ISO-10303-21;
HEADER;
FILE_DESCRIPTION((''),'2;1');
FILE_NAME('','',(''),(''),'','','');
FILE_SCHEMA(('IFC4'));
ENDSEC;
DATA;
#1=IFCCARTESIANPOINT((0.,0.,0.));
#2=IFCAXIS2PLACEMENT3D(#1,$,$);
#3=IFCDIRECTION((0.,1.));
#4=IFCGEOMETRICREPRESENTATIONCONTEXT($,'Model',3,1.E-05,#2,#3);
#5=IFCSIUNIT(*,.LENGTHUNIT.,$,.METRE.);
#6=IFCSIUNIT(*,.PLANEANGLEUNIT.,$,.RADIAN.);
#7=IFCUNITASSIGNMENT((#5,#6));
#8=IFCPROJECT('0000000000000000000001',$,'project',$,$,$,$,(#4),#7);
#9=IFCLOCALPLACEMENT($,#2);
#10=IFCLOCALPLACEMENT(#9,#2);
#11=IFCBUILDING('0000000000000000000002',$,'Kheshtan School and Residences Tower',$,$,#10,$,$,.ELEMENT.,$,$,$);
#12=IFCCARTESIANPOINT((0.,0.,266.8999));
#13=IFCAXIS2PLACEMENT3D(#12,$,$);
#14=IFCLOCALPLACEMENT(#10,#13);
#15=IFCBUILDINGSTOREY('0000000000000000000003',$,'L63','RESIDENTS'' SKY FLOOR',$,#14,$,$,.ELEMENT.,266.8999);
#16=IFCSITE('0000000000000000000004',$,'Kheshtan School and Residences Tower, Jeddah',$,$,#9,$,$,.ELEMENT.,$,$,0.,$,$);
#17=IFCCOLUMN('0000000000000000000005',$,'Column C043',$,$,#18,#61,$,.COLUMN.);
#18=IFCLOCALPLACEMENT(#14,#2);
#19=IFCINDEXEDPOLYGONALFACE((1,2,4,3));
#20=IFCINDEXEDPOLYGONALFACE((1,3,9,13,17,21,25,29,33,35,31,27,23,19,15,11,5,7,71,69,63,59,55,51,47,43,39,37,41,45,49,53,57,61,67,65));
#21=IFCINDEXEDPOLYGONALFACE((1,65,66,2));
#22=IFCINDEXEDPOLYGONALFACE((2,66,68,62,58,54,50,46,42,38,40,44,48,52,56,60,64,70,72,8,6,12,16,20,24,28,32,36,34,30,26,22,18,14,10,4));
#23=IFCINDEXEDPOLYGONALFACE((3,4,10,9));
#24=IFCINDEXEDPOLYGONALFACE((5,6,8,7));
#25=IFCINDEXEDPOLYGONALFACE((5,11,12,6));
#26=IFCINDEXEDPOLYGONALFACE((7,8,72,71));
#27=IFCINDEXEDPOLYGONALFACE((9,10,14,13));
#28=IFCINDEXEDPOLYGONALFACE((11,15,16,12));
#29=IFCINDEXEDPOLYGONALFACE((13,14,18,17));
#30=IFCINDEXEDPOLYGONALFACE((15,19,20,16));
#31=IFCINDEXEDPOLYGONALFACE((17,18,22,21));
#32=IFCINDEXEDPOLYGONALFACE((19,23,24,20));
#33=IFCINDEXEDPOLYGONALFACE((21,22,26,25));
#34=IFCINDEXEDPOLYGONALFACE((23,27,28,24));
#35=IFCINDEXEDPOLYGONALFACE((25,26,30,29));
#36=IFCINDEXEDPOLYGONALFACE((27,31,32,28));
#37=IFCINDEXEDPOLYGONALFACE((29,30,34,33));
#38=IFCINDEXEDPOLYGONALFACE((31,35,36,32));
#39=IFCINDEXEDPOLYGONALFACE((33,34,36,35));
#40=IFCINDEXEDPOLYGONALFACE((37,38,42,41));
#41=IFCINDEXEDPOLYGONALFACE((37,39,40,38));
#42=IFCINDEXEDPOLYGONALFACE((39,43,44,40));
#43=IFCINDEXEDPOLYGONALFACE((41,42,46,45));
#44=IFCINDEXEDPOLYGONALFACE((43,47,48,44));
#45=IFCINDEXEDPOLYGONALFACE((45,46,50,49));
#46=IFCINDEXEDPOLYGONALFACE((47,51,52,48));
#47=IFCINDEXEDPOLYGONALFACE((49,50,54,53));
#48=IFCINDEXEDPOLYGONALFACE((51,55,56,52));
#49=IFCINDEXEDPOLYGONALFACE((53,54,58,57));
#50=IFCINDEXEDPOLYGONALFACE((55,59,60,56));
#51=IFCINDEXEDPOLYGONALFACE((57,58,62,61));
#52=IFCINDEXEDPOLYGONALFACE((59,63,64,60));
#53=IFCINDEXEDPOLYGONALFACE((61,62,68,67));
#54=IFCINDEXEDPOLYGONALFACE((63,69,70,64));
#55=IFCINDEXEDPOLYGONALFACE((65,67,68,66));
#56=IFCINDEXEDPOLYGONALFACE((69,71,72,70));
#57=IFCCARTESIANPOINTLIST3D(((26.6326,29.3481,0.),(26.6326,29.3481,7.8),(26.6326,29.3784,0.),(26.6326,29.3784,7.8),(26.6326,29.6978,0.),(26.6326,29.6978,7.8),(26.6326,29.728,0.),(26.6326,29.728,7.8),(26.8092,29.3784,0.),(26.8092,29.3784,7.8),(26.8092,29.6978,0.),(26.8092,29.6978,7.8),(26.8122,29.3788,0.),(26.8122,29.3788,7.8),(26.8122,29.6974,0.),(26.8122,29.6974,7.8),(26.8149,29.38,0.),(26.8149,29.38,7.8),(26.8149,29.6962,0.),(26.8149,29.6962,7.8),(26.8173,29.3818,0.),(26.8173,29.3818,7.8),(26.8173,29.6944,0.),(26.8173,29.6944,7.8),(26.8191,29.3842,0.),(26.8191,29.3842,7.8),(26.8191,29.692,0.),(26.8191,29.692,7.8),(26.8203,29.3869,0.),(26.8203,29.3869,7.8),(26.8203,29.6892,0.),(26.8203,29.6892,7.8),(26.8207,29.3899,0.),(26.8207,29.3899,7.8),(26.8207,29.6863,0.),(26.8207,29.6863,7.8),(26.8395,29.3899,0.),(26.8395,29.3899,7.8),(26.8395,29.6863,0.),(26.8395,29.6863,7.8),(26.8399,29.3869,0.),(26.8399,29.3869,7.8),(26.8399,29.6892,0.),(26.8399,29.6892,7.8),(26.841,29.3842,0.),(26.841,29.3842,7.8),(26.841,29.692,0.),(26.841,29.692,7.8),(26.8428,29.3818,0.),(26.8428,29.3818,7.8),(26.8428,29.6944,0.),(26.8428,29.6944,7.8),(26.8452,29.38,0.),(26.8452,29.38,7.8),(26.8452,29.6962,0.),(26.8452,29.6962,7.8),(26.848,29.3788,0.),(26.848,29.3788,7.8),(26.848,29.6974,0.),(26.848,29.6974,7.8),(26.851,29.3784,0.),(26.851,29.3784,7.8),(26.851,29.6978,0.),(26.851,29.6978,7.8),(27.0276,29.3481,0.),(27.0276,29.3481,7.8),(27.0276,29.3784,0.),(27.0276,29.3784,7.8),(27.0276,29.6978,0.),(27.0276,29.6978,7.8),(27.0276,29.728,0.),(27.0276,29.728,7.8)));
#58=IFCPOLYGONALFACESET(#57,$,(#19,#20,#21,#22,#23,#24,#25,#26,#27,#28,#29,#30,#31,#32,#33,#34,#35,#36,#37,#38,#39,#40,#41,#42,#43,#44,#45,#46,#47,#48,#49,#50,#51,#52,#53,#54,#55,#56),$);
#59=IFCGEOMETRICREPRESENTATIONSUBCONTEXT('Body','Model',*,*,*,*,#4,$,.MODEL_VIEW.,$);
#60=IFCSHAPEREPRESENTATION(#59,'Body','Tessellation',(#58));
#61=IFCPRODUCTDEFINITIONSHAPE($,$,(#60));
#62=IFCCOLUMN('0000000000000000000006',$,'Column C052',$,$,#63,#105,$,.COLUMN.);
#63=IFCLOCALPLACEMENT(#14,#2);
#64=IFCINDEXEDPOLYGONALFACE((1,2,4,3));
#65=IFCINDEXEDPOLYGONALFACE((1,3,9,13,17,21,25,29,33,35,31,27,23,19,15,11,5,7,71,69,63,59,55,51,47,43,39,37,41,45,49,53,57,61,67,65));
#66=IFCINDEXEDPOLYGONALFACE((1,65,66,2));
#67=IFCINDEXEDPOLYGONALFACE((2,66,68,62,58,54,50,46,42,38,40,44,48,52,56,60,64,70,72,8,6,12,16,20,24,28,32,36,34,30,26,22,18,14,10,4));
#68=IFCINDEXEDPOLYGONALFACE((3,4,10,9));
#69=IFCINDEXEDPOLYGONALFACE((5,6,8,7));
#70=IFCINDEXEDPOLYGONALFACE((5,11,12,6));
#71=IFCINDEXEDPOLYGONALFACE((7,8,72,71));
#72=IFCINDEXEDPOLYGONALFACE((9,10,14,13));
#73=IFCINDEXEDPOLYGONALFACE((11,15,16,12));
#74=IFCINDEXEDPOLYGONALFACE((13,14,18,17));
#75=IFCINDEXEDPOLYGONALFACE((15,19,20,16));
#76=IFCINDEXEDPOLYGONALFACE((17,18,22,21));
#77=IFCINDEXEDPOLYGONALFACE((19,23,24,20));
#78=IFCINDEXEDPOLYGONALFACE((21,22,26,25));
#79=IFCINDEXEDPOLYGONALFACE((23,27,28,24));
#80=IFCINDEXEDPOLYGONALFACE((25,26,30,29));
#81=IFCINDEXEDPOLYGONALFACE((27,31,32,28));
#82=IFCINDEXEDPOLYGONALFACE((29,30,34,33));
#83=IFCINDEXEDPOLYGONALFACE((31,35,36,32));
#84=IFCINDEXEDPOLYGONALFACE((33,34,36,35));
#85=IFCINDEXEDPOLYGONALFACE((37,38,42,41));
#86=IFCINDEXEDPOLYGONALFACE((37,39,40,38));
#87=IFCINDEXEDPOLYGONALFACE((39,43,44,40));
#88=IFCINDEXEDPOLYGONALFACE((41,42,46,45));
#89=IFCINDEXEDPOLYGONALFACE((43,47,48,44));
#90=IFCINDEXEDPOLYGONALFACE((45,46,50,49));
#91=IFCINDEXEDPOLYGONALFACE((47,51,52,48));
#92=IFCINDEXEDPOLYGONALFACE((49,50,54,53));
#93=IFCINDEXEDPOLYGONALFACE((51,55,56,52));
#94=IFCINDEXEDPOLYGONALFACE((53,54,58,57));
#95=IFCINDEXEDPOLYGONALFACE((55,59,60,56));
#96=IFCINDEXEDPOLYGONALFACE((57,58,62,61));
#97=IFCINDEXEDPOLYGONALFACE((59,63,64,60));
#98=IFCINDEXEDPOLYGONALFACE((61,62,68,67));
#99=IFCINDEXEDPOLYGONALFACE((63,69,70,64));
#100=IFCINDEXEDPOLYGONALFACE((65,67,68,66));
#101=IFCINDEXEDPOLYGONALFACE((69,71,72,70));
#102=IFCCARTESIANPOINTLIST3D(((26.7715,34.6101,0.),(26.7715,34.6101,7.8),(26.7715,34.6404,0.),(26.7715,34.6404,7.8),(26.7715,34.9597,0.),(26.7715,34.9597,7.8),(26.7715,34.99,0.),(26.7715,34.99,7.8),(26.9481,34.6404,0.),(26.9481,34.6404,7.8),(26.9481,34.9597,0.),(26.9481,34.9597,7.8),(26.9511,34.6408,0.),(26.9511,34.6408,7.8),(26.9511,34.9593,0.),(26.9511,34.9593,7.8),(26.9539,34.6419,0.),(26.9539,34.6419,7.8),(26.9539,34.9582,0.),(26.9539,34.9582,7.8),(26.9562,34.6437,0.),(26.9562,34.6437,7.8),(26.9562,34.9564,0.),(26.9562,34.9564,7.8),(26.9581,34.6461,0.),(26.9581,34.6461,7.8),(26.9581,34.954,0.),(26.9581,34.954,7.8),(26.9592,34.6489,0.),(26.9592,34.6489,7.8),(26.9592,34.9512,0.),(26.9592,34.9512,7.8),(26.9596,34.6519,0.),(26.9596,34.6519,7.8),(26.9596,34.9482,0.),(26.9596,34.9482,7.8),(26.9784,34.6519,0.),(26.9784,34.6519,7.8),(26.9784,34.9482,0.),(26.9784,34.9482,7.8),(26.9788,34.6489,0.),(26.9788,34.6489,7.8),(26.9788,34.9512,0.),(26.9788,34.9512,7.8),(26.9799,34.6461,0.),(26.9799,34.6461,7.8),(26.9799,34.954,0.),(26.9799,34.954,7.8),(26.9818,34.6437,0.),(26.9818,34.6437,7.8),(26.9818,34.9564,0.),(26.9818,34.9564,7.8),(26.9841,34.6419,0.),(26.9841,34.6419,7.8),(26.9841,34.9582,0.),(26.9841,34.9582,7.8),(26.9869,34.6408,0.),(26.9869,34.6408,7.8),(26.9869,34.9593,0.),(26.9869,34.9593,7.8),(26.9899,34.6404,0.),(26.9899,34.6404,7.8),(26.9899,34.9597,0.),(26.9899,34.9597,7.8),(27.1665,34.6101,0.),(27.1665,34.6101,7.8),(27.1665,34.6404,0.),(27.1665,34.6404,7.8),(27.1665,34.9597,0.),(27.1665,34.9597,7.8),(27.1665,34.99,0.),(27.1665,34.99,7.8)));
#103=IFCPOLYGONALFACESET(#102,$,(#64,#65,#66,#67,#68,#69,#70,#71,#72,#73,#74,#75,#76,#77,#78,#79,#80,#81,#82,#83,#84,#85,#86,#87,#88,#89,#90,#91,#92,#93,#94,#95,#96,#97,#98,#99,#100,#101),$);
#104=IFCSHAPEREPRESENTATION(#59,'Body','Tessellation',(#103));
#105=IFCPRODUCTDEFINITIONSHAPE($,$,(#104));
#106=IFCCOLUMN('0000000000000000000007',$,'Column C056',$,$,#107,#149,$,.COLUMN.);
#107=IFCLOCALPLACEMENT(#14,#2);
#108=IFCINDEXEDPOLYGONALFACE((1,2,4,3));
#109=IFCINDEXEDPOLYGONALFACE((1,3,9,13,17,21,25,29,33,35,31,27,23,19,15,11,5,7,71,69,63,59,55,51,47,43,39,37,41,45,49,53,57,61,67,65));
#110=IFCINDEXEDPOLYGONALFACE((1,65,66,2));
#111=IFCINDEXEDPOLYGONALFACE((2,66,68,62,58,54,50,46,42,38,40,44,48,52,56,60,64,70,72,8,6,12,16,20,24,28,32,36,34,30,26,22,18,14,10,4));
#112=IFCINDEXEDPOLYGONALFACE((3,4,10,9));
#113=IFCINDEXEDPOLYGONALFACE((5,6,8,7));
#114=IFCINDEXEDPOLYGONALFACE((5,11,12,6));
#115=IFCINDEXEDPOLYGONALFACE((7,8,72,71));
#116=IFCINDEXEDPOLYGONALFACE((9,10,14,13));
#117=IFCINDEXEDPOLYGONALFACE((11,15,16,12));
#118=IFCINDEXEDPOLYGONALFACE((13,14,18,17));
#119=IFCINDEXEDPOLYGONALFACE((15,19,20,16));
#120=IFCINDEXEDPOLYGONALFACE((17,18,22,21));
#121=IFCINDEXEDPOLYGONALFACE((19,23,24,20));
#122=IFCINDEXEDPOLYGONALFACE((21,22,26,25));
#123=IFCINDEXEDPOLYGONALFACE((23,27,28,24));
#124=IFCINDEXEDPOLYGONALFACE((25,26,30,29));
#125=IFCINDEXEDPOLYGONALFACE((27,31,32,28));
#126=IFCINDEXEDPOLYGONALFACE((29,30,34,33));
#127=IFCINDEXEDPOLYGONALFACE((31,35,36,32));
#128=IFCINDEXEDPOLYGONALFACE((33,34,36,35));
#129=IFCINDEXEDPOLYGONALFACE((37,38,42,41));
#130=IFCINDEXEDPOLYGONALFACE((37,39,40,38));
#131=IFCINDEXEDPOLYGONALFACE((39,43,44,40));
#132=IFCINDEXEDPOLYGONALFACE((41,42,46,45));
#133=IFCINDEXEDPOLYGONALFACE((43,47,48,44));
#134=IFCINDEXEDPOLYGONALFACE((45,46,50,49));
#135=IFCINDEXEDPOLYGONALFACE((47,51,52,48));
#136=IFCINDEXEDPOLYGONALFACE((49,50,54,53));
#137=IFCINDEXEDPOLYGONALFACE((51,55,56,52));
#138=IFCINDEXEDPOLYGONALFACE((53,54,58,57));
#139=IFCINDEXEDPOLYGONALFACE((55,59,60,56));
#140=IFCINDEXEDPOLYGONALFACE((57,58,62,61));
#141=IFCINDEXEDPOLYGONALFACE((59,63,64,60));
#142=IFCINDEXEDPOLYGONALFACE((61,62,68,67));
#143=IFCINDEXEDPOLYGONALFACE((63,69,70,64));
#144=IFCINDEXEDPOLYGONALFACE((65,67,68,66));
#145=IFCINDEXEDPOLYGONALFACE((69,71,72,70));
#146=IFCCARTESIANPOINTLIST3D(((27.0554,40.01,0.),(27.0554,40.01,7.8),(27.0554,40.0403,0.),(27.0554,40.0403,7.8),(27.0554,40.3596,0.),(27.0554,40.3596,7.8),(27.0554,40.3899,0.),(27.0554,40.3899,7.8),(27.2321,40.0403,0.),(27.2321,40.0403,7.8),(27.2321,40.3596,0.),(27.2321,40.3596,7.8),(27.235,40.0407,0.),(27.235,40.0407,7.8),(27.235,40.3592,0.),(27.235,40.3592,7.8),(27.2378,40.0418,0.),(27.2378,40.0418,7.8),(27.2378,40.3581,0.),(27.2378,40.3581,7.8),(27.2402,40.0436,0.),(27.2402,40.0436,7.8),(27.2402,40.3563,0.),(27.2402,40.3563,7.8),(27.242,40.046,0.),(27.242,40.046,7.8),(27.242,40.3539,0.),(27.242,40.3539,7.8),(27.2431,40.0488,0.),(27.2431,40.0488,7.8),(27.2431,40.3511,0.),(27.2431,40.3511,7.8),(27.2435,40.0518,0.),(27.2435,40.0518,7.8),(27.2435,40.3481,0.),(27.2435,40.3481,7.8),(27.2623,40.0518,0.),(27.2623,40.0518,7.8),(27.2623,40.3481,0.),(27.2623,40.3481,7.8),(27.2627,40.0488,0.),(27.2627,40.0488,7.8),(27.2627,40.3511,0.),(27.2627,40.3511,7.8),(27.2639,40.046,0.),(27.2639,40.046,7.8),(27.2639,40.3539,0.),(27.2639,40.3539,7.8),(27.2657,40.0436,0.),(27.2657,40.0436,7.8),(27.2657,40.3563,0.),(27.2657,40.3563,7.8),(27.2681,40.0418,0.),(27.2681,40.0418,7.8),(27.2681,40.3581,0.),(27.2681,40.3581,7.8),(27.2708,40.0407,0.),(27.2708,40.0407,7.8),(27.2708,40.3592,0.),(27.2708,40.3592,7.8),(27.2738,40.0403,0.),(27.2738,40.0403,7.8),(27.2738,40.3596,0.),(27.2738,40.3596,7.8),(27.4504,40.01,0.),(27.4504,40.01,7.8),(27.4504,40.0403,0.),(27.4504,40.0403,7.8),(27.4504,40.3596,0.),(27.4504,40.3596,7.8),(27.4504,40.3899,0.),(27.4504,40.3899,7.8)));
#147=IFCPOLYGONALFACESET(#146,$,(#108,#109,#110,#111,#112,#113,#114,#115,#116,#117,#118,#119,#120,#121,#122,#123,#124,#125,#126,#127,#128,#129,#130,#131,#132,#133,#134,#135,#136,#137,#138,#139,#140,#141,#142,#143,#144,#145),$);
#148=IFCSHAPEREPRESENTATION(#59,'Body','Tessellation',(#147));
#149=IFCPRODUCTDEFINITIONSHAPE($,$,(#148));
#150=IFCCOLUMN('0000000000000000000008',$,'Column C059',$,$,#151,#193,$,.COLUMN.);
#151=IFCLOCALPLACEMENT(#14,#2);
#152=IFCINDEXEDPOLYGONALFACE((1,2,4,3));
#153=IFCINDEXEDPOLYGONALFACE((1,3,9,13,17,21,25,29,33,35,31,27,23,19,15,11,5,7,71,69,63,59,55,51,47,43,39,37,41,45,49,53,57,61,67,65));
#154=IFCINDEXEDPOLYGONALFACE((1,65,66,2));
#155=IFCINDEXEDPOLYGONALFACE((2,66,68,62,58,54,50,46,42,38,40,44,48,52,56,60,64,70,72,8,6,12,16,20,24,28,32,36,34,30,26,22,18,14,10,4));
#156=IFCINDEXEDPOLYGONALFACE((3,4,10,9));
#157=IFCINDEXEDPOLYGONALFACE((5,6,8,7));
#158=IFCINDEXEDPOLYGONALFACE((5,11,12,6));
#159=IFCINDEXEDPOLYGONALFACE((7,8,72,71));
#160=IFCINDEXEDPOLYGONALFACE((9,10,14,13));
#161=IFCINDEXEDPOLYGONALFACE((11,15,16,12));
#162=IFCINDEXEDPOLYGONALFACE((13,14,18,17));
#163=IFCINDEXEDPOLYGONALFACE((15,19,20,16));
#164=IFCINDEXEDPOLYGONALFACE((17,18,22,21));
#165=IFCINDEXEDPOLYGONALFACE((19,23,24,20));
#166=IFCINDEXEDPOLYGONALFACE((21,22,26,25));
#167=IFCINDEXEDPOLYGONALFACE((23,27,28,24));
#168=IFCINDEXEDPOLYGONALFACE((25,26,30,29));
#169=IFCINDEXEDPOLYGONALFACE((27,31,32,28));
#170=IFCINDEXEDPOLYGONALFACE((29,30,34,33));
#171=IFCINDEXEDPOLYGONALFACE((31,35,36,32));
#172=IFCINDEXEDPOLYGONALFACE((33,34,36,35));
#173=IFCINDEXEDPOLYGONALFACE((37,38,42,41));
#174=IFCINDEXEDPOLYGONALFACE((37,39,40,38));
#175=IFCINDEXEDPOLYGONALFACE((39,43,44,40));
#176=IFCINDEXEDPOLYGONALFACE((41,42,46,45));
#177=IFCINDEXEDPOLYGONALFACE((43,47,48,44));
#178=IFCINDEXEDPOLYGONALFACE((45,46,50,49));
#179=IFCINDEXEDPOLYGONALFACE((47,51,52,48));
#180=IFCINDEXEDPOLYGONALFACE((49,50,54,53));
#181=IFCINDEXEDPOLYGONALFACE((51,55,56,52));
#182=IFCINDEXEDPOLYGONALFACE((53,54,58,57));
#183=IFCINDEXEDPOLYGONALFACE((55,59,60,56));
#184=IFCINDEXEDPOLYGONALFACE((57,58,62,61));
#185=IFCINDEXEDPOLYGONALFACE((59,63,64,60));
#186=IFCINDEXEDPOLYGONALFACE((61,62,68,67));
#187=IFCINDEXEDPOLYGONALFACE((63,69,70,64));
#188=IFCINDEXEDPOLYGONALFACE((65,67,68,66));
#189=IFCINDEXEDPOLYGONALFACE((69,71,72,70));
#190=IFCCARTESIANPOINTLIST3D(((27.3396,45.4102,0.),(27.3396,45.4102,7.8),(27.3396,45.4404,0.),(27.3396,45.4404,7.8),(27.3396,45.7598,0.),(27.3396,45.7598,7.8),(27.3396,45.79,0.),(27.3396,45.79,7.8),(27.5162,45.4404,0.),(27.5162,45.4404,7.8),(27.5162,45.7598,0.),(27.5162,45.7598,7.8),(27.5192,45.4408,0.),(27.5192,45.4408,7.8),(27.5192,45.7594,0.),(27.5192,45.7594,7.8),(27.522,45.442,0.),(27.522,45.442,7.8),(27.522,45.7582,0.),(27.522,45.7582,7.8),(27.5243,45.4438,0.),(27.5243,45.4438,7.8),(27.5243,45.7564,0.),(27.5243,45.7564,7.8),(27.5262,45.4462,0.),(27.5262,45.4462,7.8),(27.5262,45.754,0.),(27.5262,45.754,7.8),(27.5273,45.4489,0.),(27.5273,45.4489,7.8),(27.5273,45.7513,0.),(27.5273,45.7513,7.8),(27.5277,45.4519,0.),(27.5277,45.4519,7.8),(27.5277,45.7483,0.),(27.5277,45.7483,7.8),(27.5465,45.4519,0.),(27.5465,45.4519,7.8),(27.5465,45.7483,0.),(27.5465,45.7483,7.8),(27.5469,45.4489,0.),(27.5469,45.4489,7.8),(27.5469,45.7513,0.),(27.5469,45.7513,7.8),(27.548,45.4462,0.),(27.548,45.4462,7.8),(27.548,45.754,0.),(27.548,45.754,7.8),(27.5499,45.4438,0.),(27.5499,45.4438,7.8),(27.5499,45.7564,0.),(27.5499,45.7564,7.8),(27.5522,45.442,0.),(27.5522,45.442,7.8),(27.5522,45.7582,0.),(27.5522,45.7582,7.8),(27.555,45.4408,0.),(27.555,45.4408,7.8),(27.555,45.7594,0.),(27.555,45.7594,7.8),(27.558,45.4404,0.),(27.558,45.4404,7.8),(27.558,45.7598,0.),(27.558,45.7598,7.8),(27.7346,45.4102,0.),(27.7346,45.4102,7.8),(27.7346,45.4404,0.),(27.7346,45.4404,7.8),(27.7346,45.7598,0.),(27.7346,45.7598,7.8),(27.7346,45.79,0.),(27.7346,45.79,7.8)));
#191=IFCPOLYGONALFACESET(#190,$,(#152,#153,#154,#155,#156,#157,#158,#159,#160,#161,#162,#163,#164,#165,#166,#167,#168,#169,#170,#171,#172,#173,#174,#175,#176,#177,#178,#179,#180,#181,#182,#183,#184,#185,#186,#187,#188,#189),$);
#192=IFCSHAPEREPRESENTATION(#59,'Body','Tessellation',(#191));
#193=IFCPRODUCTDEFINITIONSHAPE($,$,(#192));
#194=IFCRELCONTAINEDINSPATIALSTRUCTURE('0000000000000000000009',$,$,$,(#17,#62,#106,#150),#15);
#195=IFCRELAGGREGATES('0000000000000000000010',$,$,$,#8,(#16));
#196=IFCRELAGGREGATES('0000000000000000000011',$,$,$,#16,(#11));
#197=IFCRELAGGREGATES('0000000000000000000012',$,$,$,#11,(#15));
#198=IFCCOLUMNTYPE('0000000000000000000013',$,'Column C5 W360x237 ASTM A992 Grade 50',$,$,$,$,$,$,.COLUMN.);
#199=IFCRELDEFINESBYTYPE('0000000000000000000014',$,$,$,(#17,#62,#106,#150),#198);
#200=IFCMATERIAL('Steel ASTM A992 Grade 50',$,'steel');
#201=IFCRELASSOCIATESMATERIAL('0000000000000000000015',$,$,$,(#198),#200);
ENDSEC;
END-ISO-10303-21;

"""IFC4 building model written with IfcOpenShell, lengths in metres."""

from ifc_helpers import new_model, si_unit, direction, frame, origin, origin_2d, place, context, subcontext, project, spatial, i_section, extrude, material, material_profile, profile_set, type_object, element, save


model = new_model("IFC4")

# Units and contexts
model_context = context("Model", 3, precision=1e-05, world=origin(), true_north=direction((0.0, 1.0)))
body_context = subcontext(model_context, "Body", "Model", "MODEL_VIEW")
ifc_project = project(units=[si_unit("LENGTHUNIT", "METRE"), si_unit("PLANEANGLEUNIT", "RADIAN")], contexts=[model_context])

# Site, building, storey
site_placement = place(None, origin())
site = spatial("IfcSite", under=ifc_project, at=site_placement, Name="Kheshtan School and Residences Tower, Jeddah", CompositionType="ELEMENT", RefElevation=0.0)
building_placement = place(site_placement, origin())
building = spatial("IfcBuilding", under=site, at=building_placement, Name="Kheshtan School and Residences Tower", CompositionType="ELEMENT")
storey_placement = place(building_placement, frame((0.0, 0.0, 266.8999)))
storey = spatial("IfcBuildingStorey", under=building, at=storey_placement, Name="L63", Description="RESIDENTS' SKY FLOOR", CompositionType="ELEMENT", Elevation=266.8999)

# Columns
ifc_material_1 = material(Name="Steel ASTM A992 Grade 50", Category="steel")
ifc_material_profile_1 = material_profile(ifc_material_1, i_section(OverallWidth=0.395, OverallDepth=0.3799, WebThickness=0.0188, FlangeThickness=0.0303, FilletRadius=0.0115, at=origin_2d()), Name="W360x237")
ifc_profile_set_1 = profile_set([ifc_material_profile_1], Name="Steel ASTM A992 Grade 50")
column_type = type_object("IfcColumnType", Name="Column C5 W360x237 ASTM A992 Grade 50", PredefinedType="COLUMN", material=ifc_profile_set_1)
for number, where, z_axis, x_axis, name in (
    (1, (26.8301, 29.5381, 0.0), (0.0, 0.0, 1.0), (1.0, 0.0, 0.0), "Column C043"),
    (2, (26.969, 34.8, 0.0), (0.0, 0.0, 1.0), (1.0, 0.0, 0.0), "Column C052"),
    (3, (27.2529, 40.2, 0.0), (0.0, 0.0, 1.0), (1.0, 0.0, 0.0), "Column C056"),
    (4, (27.5371, 45.6001, 0.0), (0.0, 0.0, 1.0), (1.0, 0.0, 0.0), "Column C059"),
):
    element("IfcColumn", number, at=place(storey_placement, frame(where, z_axis=z_axis, x_axis=x_axis)), inside=storey, type_object=column_type, Name=name, PredefinedType="COLUMN", context=body_context, shape_type="SweptSolid", body=[
        extrude(i_section(OverallWidth=0.395, OverallDepth=0.3799, WebThickness=0.0188, FlangeThickness=0.0303, FilletRadius=0.0115, at=origin_2d()), origin(), (0.0, 0.0, 1.0), 7.8),
    ])

save(model, "model.ifc")
